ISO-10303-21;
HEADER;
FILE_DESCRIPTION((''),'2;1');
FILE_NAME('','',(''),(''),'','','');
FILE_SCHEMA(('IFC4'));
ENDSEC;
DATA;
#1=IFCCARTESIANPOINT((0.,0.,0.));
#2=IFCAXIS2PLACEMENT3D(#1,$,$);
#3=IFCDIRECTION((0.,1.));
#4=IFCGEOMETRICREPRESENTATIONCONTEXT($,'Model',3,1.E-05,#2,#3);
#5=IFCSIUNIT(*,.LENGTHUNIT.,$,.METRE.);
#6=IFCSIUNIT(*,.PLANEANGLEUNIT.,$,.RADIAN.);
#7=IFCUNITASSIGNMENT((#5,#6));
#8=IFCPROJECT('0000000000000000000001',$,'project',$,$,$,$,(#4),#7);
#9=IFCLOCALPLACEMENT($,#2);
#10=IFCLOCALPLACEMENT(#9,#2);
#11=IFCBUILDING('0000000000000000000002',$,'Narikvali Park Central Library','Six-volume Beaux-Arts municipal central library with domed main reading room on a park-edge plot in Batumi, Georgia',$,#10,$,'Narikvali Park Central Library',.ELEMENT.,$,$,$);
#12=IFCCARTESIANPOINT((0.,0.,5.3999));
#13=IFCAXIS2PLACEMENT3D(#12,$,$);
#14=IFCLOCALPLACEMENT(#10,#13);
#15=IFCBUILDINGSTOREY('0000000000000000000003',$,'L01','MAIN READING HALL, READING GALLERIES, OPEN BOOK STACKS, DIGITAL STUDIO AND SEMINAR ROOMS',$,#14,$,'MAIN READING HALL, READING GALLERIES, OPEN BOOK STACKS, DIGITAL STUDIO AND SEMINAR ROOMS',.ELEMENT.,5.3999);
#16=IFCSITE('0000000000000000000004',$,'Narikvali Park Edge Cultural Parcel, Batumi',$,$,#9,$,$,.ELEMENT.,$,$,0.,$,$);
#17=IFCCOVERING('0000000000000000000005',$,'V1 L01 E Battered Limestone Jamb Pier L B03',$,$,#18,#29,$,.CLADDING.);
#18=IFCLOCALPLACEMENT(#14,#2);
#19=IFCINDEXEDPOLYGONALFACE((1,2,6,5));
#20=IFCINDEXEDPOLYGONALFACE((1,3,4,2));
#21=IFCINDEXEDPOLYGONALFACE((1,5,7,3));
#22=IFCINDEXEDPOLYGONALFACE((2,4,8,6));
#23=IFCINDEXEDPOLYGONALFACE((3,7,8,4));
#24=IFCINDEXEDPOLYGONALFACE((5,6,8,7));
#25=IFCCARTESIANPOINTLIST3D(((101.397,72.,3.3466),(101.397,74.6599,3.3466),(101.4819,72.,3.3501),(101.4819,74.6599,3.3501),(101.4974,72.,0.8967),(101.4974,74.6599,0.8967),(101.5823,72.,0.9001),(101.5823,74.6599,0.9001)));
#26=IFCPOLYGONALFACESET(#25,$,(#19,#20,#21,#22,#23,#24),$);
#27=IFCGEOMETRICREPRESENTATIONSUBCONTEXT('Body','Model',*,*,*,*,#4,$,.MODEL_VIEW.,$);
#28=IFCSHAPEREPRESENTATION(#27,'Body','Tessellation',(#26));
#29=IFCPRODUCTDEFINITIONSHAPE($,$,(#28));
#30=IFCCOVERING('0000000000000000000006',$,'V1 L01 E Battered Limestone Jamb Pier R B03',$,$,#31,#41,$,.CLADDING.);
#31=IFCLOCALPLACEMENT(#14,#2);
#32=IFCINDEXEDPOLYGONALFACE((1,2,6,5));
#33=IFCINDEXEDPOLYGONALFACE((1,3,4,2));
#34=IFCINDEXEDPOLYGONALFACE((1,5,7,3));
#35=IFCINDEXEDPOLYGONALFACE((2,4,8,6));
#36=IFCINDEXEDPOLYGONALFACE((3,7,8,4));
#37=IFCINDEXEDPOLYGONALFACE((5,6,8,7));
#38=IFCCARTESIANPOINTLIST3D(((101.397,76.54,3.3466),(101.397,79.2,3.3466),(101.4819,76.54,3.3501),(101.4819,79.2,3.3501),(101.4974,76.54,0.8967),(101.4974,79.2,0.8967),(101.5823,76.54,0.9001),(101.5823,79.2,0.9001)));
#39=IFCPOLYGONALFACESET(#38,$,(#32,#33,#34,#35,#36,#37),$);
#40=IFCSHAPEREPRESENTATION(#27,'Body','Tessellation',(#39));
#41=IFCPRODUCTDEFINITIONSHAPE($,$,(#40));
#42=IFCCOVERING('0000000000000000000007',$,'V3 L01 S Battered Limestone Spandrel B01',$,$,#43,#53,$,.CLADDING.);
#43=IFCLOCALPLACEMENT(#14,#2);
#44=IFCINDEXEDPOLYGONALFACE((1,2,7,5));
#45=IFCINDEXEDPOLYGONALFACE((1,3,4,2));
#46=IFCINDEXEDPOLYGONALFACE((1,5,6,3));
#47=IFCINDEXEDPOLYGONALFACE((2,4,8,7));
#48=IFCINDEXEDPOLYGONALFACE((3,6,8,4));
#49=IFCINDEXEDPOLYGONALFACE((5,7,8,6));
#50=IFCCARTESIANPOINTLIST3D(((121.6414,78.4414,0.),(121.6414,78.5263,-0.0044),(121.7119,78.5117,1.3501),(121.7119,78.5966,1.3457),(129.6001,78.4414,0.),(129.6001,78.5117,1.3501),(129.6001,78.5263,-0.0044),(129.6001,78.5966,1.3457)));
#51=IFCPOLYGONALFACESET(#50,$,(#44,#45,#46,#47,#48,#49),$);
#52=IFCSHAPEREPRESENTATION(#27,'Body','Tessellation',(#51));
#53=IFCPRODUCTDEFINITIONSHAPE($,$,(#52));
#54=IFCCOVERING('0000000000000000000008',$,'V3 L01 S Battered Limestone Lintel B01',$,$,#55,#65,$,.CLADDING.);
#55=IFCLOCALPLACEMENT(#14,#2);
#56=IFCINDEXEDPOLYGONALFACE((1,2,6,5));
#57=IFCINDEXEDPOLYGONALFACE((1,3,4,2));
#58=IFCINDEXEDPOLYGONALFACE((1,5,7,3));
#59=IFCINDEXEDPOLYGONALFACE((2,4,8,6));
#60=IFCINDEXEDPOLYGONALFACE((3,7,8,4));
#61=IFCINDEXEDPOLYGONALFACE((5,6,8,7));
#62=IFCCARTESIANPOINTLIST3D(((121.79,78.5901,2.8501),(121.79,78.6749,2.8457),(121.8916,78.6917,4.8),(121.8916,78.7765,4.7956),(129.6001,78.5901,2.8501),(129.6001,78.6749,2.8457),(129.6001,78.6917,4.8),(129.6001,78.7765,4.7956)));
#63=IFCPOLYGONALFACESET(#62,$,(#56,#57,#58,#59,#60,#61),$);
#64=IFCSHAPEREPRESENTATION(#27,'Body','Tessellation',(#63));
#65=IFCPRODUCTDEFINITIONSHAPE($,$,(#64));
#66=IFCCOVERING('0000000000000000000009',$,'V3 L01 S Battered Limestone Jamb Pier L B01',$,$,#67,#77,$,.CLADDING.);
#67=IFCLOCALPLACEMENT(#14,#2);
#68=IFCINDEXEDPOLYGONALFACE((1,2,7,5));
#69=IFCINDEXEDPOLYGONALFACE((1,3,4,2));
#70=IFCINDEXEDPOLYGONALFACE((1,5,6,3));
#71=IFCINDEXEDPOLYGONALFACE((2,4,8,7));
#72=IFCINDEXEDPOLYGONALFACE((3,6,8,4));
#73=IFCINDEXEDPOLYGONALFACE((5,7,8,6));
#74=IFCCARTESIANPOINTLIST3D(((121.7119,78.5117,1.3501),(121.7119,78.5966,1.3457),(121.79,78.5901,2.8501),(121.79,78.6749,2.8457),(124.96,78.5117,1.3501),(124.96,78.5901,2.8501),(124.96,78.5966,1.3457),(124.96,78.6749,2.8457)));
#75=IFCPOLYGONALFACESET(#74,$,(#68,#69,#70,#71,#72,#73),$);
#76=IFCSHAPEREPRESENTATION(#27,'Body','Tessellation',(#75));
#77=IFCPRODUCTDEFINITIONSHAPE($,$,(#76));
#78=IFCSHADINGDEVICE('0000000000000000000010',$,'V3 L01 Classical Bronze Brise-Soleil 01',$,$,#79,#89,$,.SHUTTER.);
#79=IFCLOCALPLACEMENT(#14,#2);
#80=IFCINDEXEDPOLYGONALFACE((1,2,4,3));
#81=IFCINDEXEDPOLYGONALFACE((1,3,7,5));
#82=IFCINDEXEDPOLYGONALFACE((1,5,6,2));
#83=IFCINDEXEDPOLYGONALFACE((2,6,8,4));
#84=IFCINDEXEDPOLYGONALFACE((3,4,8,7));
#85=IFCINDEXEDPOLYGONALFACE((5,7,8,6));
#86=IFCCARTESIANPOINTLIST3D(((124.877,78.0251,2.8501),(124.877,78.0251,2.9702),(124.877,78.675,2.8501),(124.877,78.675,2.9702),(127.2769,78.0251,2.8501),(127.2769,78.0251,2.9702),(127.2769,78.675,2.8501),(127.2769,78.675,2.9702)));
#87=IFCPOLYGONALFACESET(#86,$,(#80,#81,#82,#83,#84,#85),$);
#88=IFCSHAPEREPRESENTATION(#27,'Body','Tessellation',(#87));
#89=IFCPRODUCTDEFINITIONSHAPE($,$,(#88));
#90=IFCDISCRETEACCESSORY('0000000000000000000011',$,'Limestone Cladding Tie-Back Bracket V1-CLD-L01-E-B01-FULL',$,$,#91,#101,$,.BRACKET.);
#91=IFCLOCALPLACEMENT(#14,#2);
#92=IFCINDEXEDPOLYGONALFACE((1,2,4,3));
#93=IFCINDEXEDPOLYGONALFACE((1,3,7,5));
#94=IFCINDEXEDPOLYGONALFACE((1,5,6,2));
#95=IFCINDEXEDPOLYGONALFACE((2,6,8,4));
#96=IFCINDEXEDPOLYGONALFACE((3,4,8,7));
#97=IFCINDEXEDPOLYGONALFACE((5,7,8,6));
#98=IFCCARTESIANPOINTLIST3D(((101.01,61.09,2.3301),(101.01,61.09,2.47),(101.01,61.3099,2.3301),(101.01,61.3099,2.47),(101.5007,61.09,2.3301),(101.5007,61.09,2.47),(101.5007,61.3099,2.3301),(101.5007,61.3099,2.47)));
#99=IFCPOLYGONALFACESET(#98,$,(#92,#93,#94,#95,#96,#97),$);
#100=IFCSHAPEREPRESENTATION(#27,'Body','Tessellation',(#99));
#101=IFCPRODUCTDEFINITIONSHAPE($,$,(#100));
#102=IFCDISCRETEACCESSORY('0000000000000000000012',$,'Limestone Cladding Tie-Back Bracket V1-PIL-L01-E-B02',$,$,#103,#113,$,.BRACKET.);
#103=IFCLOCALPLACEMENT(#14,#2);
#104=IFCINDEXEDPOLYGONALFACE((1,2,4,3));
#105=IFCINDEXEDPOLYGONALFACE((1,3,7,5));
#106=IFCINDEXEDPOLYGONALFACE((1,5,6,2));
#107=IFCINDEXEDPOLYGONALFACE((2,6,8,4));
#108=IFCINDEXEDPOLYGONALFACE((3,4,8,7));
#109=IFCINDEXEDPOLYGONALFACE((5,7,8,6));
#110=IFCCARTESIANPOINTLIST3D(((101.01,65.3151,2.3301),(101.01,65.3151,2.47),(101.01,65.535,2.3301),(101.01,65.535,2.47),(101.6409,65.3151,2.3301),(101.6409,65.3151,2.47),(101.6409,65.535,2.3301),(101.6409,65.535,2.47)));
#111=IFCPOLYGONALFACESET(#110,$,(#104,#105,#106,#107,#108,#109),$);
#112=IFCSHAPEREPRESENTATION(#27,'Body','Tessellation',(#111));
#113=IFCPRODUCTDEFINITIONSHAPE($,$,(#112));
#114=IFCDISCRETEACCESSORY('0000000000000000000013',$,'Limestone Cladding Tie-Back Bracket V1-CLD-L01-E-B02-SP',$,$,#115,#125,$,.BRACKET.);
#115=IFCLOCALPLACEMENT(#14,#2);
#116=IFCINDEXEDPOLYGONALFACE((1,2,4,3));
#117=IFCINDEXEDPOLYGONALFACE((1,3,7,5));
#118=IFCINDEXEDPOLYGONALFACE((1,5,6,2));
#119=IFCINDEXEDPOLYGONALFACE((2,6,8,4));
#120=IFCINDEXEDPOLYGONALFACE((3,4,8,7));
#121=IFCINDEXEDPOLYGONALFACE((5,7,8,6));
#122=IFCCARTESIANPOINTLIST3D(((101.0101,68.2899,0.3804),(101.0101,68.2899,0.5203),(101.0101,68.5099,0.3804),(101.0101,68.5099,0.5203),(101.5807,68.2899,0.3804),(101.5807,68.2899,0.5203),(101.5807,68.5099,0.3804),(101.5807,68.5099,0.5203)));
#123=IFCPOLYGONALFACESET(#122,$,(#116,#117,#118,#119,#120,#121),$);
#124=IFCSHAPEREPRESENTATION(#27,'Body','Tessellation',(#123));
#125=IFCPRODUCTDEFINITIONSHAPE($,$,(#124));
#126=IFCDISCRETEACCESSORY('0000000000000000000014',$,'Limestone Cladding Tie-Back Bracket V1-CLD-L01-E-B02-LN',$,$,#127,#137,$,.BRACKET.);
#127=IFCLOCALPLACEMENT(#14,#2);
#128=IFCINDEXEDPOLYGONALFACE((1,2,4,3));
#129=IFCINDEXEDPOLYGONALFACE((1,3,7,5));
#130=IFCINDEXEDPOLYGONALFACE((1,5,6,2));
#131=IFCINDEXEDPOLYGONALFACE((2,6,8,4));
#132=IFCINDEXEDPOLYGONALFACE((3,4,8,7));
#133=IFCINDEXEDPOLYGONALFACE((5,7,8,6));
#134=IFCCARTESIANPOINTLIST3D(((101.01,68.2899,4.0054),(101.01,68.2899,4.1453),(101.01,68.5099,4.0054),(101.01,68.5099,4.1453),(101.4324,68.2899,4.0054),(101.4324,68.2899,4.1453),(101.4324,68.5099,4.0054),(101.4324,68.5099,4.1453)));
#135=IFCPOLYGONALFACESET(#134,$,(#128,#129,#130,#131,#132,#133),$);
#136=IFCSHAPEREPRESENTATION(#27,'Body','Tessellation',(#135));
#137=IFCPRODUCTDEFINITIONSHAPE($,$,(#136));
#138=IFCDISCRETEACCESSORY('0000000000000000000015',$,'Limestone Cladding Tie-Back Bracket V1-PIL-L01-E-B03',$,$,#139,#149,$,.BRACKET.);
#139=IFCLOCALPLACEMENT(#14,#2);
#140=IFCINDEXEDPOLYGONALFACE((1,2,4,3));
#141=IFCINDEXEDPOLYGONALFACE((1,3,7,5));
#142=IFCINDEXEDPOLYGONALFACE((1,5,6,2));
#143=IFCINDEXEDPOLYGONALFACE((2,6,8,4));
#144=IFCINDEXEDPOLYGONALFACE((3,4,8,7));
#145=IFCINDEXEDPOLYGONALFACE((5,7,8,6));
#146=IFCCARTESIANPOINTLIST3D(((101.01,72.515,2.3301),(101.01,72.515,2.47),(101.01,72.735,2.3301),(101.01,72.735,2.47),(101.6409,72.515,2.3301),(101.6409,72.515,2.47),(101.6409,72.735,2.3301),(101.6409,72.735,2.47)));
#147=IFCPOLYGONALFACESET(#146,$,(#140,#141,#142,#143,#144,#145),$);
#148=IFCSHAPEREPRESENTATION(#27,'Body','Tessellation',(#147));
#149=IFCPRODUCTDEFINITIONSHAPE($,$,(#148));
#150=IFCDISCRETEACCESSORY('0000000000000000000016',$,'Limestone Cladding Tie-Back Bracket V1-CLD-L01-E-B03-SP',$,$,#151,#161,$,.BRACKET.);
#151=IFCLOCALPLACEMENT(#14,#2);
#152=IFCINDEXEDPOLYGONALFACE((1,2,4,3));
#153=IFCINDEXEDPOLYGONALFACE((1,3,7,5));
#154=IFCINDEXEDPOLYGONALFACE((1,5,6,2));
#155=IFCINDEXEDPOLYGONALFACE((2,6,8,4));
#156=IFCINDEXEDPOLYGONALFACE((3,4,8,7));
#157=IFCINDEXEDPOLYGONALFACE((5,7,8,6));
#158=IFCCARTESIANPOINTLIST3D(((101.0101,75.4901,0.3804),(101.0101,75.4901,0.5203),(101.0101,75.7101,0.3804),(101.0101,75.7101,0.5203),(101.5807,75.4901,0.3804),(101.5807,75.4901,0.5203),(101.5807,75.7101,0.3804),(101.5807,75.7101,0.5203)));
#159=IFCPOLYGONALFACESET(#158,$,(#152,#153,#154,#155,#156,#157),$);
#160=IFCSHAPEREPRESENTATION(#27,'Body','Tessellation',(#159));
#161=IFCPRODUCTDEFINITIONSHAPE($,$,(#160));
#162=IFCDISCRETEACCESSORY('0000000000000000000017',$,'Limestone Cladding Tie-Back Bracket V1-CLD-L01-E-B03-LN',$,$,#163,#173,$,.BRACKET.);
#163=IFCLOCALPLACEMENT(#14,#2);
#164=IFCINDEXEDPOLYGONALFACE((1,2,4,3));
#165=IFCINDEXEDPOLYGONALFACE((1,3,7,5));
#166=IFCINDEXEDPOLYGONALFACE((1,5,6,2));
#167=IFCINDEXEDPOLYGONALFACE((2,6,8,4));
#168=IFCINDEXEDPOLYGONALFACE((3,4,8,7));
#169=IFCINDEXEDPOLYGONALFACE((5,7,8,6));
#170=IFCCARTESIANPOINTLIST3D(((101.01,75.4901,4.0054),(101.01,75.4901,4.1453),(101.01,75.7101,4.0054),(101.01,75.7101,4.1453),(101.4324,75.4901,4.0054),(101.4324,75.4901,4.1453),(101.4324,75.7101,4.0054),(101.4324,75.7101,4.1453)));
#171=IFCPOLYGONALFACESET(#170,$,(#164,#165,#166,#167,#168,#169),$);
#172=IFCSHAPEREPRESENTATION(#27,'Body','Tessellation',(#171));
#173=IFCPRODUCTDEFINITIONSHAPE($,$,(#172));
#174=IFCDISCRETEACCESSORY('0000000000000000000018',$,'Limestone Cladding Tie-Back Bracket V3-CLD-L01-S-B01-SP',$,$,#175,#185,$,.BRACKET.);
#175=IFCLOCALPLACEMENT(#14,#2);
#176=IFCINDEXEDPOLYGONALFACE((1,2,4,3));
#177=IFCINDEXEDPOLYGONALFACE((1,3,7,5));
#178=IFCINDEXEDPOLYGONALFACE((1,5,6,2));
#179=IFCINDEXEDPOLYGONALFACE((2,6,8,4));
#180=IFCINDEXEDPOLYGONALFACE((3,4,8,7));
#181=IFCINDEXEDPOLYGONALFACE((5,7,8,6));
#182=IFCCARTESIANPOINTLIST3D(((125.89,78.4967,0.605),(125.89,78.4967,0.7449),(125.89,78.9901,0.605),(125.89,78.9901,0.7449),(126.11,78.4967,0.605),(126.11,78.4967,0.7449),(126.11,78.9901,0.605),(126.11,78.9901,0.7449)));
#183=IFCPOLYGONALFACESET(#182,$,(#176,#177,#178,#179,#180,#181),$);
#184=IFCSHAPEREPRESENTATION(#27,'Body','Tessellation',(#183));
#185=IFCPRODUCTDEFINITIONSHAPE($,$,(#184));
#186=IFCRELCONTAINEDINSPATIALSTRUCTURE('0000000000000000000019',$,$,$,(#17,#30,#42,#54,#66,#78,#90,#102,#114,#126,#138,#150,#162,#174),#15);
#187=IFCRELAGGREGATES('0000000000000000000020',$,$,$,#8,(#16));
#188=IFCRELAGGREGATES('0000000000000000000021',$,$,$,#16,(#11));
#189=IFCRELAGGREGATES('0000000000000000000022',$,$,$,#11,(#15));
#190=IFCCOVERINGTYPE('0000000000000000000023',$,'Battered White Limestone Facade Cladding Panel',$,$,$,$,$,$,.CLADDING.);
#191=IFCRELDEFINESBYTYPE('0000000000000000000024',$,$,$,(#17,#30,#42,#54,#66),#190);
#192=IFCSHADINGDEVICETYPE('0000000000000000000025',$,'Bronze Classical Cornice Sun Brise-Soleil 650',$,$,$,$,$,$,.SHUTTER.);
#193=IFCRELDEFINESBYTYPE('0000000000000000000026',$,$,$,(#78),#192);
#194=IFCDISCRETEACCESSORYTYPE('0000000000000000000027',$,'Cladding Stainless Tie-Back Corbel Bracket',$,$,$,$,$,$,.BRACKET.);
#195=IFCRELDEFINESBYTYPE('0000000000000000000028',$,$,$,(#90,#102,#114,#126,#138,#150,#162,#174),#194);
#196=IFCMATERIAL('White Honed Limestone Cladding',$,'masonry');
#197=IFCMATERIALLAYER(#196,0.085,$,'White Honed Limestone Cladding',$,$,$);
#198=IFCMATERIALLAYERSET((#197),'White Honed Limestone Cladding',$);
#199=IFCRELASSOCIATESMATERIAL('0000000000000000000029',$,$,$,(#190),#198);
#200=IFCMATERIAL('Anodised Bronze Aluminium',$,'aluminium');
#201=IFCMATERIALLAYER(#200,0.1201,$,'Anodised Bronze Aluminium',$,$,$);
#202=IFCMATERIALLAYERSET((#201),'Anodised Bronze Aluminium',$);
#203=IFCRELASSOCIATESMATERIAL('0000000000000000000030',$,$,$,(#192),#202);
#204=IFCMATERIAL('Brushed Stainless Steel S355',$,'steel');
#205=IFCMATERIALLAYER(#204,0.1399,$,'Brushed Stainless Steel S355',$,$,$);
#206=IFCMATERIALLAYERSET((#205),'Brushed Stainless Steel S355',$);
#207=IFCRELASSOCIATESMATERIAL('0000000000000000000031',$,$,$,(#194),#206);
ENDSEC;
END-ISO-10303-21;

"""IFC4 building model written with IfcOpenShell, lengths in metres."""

from ifc_helpers import new_model, si_unit, direction, frame, origin, origin_2d, place, context, subcontext, project, spatial, polyline, rectangle, outline, extrude, material, layer, layer_set, type_object, element, save


model = new_model("IFC4")

# Units and contexts
model_context = context("Model", 3, precision=1e-05, world=origin(), true_north=direction((0.0, 1.0)))
body_context = subcontext(model_context, "Body", "Model", "MODEL_VIEW")
ifc_project = project(units=[si_unit("LENGTHUNIT", "METRE"), si_unit("PLANEANGLEUNIT", "RADIAN")], contexts=[model_context])

# Site, building, storey
site_placement = place(None, origin())
site = spatial("IfcSite", under=ifc_project, at=site_placement, Name="Narikvali Park Edge Cultural Parcel, Batumi", CompositionType="ELEMENT", RefElevation=0.0)
building_placement = place(site_placement, origin())
building = spatial("IfcBuilding", under=site, at=building_placement, Name="Narikvali Park Central Library", Description="Six-volume Beaux-Arts municipal central library with domed main reading room on a park-edge plot in Batumi, Georgia", LongName="Narikvali Park Central Library", CompositionType="ELEMENT")
storey_placement = place(building_placement, frame((0.0, 0.0, 5.3999)))
storey = spatial("IfcBuildingStorey", under=building, at=storey_placement, Name="L01", Description="MAIN READING HALL, READING GALLERIES, OPEN BOOK STACKS, DIGITAL STUDIO AND SEMINAR ROOMS", LongName="MAIN READING HALL, READING GALLERIES, OPEN BOOK STACKS, DIGITAL STUDIO AND SEMINAR ROOMS", CompositionType="ELEMENT", Elevation=5.3999)

# Coverings
ifc_material_1 = material(Name="White Honed Limestone Cladding", Category="masonry")
ifc_layer_1 = layer(ifc_material_1, 0.085, Name="White Honed Limestone Cladding")
ifc_layer_set_1 = layer_set([ifc_layer_1], Name="White Honed Limestone Cladding")
covering_type = type_object("IfcCoveringType", Name="Battered White Limestone Facade Cladding Panel", PredefinedType="CLADDING", material=ifc_layer_set_1)
for number, where, z_axis, x_axis, name in (
    (1, (101.5823, 72.0, 0.9001), (0.999162, 0.0, 0.040922), (0.0, 1.0, 0.0), "V1 L01 E Battered Limestone Jamb Pier L B03"),
    (2, (101.5823, 76.54, 0.9001), (0.999162, 0.0, 0.040922), (0.0, 1.0, 0.0), "V1 L01 E Battered Limestone Jamb Pier R B03"),
):
    element("IfcCovering", number, at=place(storey_placement, frame(where, z_axis=z_axis, x_axis=x_axis)), inside=storey, type_object=covering_type, Name=name, PredefinedType="CLADDING", context=body_context, shape_type="SweptSolid", body=[
        extrude(outline(polyline([(0.0, 0.0), (2.6599, 0.0), (2.6599, 2.452), (0.0, 2.452), (0.0, 0.0)])), origin(), (0.0, 0.0, -1.0), 0.085),
    ])
covering_1_placement = place(storey_placement, frame((121.6414, 78.4414, 0.0), z_axis=(0.0, -0.998647, 0.052009), x_axis=(1.0, 0.0, 0.0)))
element("IfcCovering", 3, at=covering_1_placement, inside=storey, type_object=covering_type, Name="V3 L01 S Battered Limestone Spandrel B01", PredefinedType="CLADDING", context=body_context, shape_type="SweptSolid", body=[
    extrude(outline(polyline([(0.0, 0.0), (7.9587, 0.0), (7.9587, 1.3519), (0.0706, 1.3519), (0.0, 0.0)])), origin(), (0.0, 0.0, -1.0), 0.085),
])
covering_2_placement = place(storey_placement, frame((121.79, 78.5901, 2.8501), z_axis=(0.0, -0.998646, 0.052014), x_axis=(1.0, 0.0, 0.0)))
element("IfcCovering", 4, at=covering_2_placement, inside=storey, type_object=covering_type, Name="V3 L01 S Battered Limestone Lintel B01", PredefinedType="CLADDING", context=body_context, shape_type="SweptSolid", body=[
    extrude(outline(polyline([(0.0, 0.0), (7.8101, 0.0), (7.8101, 1.9526), (0.1016, 1.9526), (0.0, 0.0)])), origin(), (0.0, 0.0, -1.0), 0.085),
])
covering_3_placement = place(storey_placement, frame((121.7119, 78.5117, 1.3501), z_axis=(0.0, -0.998638, 0.052175), x_axis=(1.0, 0.0, 0.0)))
element("IfcCovering", 5, at=covering_3_placement, inside=storey, type_object=covering_type, Name="V3 L01 S Battered Limestone Jamb Pier L B01", PredefinedType="CLADDING", context=body_context, shape_type="SweptSolid", body=[
    extrude(outline(polyline([(0.0, 0.0), (3.248, 0.0), (3.248, 1.502), (0.0781, 1.502), (0.0, 0.0)])), origin(), (0.0, 0.0, -1.0), 0.085),
])

# Shading device
ifc_material_2 = material(Name="Anodised Bronze Aluminium", Category="aluminium")
ifc_layer_2 = layer(ifc_material_2, 0.1201, Name="Anodised Bronze Aluminium")
ifc_layer_set_2 = layer_set([ifc_layer_2], Name="Anodised Bronze Aluminium")
shading_device_type = type_object("IfcShadingDeviceType", Name="Bronze Classical Cornice Sun Brise-Soleil 650", PredefinedType="SHUTTER", material=ifc_layer_set_2)
shading_device_placement = place(storey_placement, frame((126.0769, 78.3501, 2.8501), z_axis=(0.0, 0.0, 1.0), x_axis=(1.0, 0.0, 0.0)))
element("IfcShadingDevice", 6, at=shading_device_placement, inside=storey, type_object=shading_device_type, Name="V3 L01 Classical Bronze Brise-Soleil 01", PredefinedType="SHUTTER", context=body_context, shape_type="SweptSolid", body=[
    extrude(rectangle(XDim=2.3999, YDim=0.6499, at=origin_2d()), origin(), (0.0, 0.0, 1.0), 0.1201),
])

# Discrete accessories
ifc_material_3 = material(Name="Brushed Stainless Steel S355", Category="steel")
ifc_layer_3 = layer(ifc_material_3, 0.1399, Name="Brushed Stainless Steel S355")
ifc_layer_set_3 = layer_set([ifc_layer_3], Name="Brushed Stainless Steel S355")
discrete_accessory_type = type_object("IfcDiscreteAccessoryType", Name="Cladding Stainless Tie-Back Corbel Bracket", PredefinedType="BRACKET", material=ifc_layer_set_3)
discrete_accessory_1_placement = place(storey_placement, frame((101.2554, 61.2, 2.3301), z_axis=(0.0, 0.0, 1.0), x_axis=(1.0, 0.0, 0.0)))
element("IfcDiscreteAccessory", 7, at=discrete_accessory_1_placement, inside=storey, type_object=discrete_accessory_type, Name="Limestone Cladding Tie-Back Bracket V1-CLD-L01-E-B01-FULL", PredefinedType="BRACKET", context=body_context, shape_type="SweptSolid", body=[
    extrude(rectangle(XDim=0.4907, YDim=0.22, at=origin_2d()), origin(), (0.0, 0.0, 1.0), 0.1399),
])
discrete_accessory_2_placement = place(storey_placement, frame((101.3254, 65.425, 2.3301), z_axis=(0.0, 0.0, 1.0), x_axis=(1.0, 0.0, 0.0)))
element("IfcDiscreteAccessory", 8, at=discrete_accessory_2_placement, inside=storey, type_object=discrete_accessory_type, Name="Limestone Cladding Tie-Back Bracket V1-PIL-L01-E-B02", PredefinedType="BRACKET", context=body_context, shape_type="SweptSolid", body=[
    extrude(rectangle(XDim=0.6309, YDim=0.22, at=origin_2d()), origin(), (0.0, 0.0, 1.0), 0.1399),
])
discrete_accessory_3_placement = place(storey_placement, frame((101.2954, 68.3999, 0.3804), z_axis=(0.0, 0.0, 1.0), x_axis=(1.0, 0.0, 0.0)))
element("IfcDiscreteAccessory", 9, at=discrete_accessory_3_placement, inside=storey, type_object=discrete_accessory_type, Name="Limestone Cladding Tie-Back Bracket V1-CLD-L01-E-B02-SP", PredefinedType="BRACKET", context=body_context, shape_type="SweptSolid", body=[
    extrude(rectangle(XDim=0.5706, YDim=0.22, at=origin_2d()), origin(), (0.0, 0.0, 1.0), 0.1399),
])
discrete_accessory_4_placement = place(storey_placement, frame((101.2212, 68.3999, 4.0054), z_axis=(0.0, 0.0, 1.0), x_axis=(1.0, 0.0, 0.0)))
element("IfcDiscreteAccessory", 10, at=discrete_accessory_4_placement, inside=storey, type_object=discrete_accessory_type, Name="Limestone Cladding Tie-Back Bracket V1-CLD-L01-E-B02-LN", PredefinedType="BRACKET", context=body_context, shape_type="SweptSolid", body=[
    extrude(rectangle(XDim=0.4224, YDim=0.22, at=origin_2d()), origin(), (0.0, 0.0, 1.0), 0.1399),
])
discrete_accessory_5_placement = place(storey_placement, frame((101.3254, 72.625, 2.3301), z_axis=(0.0, 0.0, 1.0), x_axis=(1.0, 0.0, 0.0)))
element("IfcDiscreteAccessory", 11, at=discrete_accessory_5_placement, inside=storey, type_object=discrete_accessory_type, Name="Limestone Cladding Tie-Back Bracket V1-PIL-L01-E-B03", PredefinedType="BRACKET", context=body_context, shape_type="SweptSolid", body=[
    extrude(rectangle(XDim=0.6309, YDim=0.22, at=origin_2d()), origin(), (0.0, 0.0, 1.0), 0.1399),
])
discrete_accessory_6_placement = place(storey_placement, frame((101.2954, 75.6001, 0.3804), z_axis=(0.0, 0.0, 1.0), x_axis=(1.0, 0.0, 0.0)))
element("IfcDiscreteAccessory", 12, at=discrete_accessory_6_placement, inside=storey, type_object=discrete_accessory_type, Name="Limestone Cladding Tie-Back Bracket V1-CLD-L01-E-B03-SP", PredefinedType="BRACKET", context=body_context, shape_type="SweptSolid", body=[
    extrude(rectangle(XDim=0.5706, YDim=0.22, at=origin_2d()), origin(), (0.0, 0.0, 1.0), 0.1399),
])
discrete_accessory_7_placement = place(storey_placement, frame((101.2212, 75.6001, 4.0054), z_axis=(0.0, 0.0, 1.0), x_axis=(1.0, 0.0, 0.0)))
element("IfcDiscreteAccessory", 13, at=discrete_accessory_7_placement, inside=storey, type_object=discrete_accessory_type, Name="Limestone Cladding Tie-Back Bracket V1-CLD-L01-E-B03-LN", PredefinedType="BRACKET", context=body_context, shape_type="SweptSolid", body=[
    extrude(rectangle(XDim=0.4224, YDim=0.22, at=origin_2d()), origin(), (0.0, 0.0, 1.0), 0.1399),
])
discrete_accessory_8_placement = place(storey_placement, frame((126.0, 78.7434, 0.605), z_axis=(0.0, 0.0, 1.0), x_axis=(1.0, 0.0, 0.0)))
element("IfcDiscreteAccessory", 14, at=discrete_accessory_8_placement, inside=storey, type_object=discrete_accessory_type, Name="Limestone Cladding Tie-Back Bracket V3-CLD-L01-S-B01-SP", PredefinedType="BRACKET", context=body_context, shape_type="SweptSolid", body=[
    extrude(rectangle(XDim=0.22, YDim=0.4934, at=origin_2d()), origin(), (0.0, 0.0, 1.0), 0.1399),
])

save(model, "model.ifc")
